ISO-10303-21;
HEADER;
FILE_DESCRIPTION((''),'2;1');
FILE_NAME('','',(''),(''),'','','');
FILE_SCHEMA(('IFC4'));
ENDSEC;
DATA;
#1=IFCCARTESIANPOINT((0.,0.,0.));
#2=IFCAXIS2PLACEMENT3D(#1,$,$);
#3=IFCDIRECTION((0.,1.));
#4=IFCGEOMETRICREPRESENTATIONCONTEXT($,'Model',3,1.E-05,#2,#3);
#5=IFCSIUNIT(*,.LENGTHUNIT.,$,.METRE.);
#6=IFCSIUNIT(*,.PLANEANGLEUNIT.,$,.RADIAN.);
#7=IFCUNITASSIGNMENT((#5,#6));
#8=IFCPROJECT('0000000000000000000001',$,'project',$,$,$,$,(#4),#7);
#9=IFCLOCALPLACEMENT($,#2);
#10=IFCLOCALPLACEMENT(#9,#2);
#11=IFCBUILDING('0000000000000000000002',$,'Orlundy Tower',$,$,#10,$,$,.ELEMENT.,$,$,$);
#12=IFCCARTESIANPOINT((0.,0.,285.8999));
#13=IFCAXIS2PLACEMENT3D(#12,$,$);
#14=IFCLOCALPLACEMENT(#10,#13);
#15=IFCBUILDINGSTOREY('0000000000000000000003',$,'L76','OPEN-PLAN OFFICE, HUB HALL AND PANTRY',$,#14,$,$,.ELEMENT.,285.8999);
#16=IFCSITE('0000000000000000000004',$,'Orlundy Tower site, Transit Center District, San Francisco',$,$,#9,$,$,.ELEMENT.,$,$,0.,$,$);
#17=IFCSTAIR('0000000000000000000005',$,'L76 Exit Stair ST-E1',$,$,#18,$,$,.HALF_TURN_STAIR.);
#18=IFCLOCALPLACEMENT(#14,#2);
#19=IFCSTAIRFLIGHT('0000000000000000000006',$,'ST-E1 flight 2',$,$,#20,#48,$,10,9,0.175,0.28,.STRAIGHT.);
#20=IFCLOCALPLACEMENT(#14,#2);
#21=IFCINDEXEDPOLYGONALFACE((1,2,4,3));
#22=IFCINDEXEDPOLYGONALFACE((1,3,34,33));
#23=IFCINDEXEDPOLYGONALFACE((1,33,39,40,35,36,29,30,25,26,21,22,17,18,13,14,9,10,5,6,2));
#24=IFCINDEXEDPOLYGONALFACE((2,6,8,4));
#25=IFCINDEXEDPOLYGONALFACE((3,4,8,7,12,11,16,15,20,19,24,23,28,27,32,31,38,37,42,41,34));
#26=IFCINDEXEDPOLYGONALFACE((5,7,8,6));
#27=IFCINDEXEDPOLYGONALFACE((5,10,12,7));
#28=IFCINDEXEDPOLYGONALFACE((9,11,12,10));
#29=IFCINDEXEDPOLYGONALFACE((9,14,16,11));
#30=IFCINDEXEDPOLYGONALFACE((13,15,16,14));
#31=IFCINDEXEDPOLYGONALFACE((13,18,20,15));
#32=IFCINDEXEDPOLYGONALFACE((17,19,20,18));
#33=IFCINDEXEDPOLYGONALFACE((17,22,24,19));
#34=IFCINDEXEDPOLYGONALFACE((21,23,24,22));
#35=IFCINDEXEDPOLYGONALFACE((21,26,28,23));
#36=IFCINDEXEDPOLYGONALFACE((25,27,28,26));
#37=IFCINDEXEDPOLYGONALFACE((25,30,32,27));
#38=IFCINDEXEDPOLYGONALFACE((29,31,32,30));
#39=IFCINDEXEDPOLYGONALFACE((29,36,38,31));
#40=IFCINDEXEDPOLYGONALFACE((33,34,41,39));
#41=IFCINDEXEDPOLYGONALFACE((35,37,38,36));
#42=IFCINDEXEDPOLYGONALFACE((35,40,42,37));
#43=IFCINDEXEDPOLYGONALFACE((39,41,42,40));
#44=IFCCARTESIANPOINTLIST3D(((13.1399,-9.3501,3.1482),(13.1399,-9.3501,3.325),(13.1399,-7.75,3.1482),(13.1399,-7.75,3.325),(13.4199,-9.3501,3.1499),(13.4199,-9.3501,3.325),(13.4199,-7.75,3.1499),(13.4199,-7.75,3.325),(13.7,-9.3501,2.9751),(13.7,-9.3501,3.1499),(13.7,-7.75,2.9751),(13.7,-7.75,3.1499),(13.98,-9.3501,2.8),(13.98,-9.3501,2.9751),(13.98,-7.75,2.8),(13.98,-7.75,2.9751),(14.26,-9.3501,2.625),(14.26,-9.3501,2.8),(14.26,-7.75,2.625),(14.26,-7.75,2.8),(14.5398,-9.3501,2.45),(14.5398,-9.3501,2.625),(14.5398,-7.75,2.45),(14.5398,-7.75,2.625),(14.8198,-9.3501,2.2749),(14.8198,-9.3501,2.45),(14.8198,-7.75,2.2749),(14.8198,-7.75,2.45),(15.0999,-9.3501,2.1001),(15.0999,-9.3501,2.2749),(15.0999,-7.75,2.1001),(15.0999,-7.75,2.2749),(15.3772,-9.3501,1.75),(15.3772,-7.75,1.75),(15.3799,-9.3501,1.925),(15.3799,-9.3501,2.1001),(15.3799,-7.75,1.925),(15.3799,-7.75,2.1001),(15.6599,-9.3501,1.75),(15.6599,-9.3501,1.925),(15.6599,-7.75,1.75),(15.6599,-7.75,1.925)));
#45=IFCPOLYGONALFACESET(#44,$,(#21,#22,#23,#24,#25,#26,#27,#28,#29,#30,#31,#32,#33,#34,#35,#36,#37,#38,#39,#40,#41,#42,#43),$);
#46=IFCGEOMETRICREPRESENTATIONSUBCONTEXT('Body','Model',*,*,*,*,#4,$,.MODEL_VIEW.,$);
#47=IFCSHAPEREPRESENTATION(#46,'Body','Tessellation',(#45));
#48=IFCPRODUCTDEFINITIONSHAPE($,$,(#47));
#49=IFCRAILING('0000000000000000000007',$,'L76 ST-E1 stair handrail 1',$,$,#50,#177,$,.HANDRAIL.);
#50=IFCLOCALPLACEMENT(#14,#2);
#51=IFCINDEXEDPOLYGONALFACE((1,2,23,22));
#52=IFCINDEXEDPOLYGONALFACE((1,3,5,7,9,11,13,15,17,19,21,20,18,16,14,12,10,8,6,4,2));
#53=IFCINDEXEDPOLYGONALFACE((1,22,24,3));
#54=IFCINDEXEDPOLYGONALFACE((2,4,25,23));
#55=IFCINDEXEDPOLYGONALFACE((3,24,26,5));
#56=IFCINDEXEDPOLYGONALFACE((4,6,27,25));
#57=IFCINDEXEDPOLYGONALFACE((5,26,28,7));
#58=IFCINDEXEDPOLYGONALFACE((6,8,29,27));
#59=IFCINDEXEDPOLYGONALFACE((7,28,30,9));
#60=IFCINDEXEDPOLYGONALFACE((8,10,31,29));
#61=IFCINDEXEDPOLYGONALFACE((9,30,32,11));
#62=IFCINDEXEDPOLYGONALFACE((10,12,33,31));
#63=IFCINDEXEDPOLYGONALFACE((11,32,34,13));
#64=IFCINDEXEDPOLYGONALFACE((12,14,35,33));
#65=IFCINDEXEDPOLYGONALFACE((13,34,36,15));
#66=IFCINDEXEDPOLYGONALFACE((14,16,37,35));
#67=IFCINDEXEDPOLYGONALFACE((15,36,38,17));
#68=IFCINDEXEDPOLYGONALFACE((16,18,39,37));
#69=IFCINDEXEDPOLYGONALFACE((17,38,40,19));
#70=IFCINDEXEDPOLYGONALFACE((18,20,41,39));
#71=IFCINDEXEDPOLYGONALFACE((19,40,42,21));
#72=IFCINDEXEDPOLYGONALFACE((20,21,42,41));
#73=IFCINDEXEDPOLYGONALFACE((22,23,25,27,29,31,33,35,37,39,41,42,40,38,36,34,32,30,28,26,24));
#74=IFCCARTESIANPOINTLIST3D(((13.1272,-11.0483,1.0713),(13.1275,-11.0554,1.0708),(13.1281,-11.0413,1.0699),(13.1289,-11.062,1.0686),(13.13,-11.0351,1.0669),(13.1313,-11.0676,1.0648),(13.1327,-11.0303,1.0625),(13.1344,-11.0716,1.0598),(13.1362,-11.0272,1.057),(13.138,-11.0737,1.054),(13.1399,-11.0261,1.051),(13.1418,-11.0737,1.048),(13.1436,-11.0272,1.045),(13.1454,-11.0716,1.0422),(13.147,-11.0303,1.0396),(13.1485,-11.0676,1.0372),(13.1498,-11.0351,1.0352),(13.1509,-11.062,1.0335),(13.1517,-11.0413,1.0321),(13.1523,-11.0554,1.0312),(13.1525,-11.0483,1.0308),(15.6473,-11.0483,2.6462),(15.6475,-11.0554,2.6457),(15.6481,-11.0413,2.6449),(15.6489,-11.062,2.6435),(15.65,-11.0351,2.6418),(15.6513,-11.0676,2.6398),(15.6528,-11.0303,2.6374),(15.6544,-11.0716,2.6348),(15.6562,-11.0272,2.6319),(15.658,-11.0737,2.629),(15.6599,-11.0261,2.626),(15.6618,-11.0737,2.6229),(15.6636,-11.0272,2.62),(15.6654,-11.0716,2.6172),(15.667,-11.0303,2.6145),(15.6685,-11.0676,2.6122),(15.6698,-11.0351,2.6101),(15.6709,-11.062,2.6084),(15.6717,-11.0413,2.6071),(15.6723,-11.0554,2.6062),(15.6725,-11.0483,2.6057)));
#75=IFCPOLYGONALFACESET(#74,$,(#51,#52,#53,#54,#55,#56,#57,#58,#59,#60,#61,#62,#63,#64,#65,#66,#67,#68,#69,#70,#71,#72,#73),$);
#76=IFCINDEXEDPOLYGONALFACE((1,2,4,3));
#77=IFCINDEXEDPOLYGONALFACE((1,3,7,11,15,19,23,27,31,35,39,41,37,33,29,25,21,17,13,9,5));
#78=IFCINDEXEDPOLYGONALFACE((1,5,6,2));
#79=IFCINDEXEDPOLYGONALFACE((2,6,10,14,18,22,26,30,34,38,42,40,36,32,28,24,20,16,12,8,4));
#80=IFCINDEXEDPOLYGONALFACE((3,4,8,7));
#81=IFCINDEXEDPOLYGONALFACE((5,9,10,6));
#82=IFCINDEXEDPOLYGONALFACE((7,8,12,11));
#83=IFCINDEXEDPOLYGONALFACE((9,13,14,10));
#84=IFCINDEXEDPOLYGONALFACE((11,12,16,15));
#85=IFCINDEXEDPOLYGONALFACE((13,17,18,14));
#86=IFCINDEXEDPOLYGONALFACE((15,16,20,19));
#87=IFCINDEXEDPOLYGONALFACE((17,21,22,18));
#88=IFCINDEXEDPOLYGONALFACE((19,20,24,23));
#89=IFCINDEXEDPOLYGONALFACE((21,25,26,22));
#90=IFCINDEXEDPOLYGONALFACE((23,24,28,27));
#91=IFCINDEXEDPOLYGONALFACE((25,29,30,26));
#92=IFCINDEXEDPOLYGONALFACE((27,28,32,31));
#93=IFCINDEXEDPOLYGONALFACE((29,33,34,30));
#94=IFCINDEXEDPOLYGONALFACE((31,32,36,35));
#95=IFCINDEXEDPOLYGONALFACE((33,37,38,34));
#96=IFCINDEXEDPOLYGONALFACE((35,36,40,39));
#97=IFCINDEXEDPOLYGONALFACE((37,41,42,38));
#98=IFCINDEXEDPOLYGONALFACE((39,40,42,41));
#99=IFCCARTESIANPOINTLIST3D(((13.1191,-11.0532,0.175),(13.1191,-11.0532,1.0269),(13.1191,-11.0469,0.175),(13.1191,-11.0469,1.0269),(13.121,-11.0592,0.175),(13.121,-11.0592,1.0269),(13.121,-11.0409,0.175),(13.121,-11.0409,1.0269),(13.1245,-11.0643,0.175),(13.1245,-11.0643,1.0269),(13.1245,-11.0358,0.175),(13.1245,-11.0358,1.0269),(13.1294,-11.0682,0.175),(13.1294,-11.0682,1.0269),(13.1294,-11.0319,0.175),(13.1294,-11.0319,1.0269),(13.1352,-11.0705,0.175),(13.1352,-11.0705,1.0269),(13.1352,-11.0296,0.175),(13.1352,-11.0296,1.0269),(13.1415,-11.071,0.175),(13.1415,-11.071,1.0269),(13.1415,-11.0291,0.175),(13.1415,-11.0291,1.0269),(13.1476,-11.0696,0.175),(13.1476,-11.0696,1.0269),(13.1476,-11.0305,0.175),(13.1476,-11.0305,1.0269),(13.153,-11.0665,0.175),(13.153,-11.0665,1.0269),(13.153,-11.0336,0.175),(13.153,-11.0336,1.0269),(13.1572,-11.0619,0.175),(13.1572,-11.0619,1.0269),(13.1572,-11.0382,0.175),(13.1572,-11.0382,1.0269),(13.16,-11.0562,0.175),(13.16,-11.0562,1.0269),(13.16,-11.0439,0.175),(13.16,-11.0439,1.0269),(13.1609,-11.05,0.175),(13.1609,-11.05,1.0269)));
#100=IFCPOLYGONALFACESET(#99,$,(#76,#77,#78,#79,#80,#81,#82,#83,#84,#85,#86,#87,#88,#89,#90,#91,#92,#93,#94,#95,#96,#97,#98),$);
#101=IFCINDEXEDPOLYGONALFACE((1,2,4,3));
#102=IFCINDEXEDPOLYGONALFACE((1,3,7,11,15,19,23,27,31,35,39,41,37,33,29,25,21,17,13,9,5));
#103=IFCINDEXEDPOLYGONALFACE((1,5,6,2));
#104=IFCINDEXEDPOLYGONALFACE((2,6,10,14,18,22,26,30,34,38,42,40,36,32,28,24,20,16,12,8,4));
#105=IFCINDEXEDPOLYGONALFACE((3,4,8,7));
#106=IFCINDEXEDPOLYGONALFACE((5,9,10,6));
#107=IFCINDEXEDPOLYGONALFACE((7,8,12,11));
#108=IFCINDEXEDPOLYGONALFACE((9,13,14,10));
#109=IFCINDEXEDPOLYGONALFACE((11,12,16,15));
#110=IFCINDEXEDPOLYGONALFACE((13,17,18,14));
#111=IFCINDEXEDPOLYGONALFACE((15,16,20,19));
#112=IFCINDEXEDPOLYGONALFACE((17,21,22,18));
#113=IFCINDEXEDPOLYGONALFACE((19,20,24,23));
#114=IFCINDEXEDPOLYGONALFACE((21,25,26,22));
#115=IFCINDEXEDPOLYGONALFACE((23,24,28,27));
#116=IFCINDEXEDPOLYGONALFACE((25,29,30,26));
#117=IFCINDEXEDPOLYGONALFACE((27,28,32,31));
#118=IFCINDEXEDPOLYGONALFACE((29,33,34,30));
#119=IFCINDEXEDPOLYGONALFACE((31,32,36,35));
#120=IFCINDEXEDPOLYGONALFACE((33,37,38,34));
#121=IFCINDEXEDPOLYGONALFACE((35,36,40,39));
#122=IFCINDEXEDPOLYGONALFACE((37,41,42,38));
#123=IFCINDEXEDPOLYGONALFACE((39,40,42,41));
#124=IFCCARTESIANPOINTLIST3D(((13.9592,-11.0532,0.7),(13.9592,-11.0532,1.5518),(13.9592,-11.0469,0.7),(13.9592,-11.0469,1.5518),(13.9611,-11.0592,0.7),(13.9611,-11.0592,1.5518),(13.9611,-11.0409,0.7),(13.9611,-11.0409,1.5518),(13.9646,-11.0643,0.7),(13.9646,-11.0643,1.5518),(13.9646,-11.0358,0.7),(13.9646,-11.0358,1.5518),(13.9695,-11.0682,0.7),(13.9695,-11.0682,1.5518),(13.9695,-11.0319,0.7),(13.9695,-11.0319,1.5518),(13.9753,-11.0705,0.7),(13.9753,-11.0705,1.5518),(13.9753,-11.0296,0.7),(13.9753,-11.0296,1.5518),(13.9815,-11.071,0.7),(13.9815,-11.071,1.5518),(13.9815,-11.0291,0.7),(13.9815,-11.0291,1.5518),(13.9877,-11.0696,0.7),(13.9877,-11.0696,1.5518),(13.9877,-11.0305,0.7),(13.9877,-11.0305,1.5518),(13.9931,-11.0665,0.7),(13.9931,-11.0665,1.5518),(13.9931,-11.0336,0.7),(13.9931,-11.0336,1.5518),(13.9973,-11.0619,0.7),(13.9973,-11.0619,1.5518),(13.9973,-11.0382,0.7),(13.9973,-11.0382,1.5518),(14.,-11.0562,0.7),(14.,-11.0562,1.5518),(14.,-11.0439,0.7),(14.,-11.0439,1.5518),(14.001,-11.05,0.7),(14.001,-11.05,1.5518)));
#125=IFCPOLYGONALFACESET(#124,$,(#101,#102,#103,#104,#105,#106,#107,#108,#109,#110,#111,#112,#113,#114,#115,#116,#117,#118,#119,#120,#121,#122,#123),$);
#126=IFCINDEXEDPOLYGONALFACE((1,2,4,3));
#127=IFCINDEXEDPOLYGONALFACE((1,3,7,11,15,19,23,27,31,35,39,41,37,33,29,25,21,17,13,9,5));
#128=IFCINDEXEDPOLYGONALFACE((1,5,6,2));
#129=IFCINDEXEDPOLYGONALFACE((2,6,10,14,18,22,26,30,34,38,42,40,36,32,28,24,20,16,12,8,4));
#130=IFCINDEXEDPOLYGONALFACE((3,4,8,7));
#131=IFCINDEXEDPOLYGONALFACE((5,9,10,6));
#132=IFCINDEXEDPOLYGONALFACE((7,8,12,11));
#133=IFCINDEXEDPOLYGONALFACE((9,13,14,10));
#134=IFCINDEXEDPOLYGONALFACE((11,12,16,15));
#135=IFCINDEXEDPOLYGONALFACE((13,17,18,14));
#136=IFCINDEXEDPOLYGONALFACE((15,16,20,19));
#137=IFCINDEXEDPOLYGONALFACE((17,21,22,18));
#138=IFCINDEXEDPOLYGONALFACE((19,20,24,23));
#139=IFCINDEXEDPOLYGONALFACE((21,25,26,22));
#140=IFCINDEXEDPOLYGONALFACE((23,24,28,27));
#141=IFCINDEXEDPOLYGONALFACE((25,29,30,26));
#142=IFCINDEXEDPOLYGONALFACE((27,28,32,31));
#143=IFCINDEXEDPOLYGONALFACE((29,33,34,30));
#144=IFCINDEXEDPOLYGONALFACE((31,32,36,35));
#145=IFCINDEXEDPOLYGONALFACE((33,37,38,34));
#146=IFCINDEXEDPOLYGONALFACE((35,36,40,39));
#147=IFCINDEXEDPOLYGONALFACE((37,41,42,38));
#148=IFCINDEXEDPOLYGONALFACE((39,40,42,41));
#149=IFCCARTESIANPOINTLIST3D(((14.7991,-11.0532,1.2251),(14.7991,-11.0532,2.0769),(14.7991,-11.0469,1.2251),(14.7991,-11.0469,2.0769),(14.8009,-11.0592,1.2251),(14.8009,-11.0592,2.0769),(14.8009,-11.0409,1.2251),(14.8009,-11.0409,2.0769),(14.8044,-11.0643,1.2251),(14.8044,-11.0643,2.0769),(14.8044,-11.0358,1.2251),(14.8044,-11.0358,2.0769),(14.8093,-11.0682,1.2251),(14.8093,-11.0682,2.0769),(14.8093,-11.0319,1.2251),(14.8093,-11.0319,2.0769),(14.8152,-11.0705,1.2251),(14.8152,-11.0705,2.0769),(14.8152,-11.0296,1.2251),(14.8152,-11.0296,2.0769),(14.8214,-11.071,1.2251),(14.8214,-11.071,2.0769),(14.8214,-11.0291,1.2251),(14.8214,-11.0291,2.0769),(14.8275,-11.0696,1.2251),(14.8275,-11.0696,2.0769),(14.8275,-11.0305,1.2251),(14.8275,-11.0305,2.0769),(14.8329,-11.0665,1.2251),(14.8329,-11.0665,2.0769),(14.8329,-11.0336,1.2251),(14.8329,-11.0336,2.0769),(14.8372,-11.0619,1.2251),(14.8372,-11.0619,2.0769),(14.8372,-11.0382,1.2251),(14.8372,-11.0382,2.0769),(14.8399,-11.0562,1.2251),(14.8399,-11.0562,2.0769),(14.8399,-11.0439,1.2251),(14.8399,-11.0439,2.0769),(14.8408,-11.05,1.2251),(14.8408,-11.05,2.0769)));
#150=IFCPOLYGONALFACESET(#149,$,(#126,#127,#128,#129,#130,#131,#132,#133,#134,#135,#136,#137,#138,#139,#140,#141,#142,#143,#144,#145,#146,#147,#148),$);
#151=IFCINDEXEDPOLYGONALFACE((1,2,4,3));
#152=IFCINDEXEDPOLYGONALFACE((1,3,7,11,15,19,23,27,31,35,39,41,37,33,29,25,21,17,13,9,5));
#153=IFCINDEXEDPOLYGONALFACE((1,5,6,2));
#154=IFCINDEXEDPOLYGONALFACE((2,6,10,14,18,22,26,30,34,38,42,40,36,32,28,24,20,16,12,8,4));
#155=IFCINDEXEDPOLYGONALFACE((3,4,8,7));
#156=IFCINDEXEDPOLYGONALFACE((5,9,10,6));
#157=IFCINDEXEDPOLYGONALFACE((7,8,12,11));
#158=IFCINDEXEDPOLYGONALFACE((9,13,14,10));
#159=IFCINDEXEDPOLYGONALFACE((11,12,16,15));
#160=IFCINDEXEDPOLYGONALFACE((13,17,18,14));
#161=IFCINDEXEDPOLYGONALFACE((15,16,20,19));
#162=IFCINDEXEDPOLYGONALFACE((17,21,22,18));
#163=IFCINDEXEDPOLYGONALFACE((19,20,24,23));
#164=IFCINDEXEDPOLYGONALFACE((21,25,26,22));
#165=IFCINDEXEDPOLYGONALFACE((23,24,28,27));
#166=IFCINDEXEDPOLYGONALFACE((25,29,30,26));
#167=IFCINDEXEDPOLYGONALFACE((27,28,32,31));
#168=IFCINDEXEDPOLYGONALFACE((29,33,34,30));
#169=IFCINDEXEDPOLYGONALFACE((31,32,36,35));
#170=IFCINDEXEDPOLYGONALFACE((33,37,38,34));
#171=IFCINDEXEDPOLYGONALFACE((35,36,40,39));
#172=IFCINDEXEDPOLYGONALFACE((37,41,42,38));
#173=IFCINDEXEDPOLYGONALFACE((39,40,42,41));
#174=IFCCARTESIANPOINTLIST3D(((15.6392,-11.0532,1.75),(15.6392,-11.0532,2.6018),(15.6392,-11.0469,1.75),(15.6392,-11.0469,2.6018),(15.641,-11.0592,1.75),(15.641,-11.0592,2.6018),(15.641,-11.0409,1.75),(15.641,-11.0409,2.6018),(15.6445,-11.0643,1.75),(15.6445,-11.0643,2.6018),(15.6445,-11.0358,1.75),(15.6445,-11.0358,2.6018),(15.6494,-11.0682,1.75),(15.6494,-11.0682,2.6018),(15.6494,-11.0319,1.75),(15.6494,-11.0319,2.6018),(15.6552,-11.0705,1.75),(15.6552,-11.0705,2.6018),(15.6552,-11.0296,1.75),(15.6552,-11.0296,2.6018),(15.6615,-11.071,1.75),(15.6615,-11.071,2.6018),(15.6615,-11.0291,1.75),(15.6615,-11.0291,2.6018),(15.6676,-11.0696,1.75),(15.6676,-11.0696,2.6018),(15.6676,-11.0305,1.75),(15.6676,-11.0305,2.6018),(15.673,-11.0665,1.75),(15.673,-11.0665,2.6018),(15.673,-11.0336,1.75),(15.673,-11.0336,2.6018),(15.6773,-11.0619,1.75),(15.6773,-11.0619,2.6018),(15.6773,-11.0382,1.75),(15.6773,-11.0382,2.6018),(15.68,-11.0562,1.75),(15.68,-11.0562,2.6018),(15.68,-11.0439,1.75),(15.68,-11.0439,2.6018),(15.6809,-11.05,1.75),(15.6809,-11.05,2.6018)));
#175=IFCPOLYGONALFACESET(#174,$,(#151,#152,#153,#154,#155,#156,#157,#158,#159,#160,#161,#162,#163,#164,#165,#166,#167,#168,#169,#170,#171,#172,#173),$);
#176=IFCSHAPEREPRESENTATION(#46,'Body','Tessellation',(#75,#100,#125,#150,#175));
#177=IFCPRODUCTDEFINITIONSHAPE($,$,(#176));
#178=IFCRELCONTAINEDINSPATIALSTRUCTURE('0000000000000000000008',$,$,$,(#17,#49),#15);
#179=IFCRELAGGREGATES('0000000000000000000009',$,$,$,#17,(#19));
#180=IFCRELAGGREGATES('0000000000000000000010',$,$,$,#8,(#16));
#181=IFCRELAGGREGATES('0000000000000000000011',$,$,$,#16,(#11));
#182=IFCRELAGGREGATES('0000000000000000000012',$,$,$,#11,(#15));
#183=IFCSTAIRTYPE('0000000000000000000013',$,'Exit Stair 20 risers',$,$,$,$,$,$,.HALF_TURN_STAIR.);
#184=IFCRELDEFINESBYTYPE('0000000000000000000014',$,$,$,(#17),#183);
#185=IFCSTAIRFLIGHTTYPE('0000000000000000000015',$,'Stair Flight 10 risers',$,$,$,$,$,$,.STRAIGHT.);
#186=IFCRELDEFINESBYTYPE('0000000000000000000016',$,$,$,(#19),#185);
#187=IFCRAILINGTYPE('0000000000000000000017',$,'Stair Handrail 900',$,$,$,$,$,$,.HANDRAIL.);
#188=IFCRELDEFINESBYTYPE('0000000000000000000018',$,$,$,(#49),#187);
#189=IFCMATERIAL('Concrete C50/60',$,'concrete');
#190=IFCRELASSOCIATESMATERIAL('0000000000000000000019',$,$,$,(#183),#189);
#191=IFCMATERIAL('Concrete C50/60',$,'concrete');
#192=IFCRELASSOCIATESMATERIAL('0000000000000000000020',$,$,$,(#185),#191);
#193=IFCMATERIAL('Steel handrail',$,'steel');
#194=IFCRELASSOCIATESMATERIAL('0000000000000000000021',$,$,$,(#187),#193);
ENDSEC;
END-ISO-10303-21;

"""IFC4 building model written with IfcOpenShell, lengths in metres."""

from ifc_helpers import new_model, si_unit, direction, frame, origin, origin_2d, place, context, subcontext, project, spatial, polyline, circle, outline, extrude, material, type_object, element, aggregate, save


model = new_model("IFC4")

# Units and contexts
model_context = context("Model", 3, precision=1e-05, world=origin(), true_north=direction((0.0, 1.0)))
body_context = subcontext(model_context, "Body", "Model", "MODEL_VIEW")
ifc_project = project(units=[si_unit("LENGTHUNIT", "METRE"), si_unit("PLANEANGLEUNIT", "RADIAN")], contexts=[model_context])

# Site, building, storey
site_placement = place(None, origin())
site = spatial("IfcSite", under=ifc_project, at=site_placement, Name="Orlundy Tower site, Transit Center District, San Francisco", CompositionType="ELEMENT", RefElevation=0.0)
building_placement = place(site_placement, origin())
building = spatial("IfcBuilding", under=site, at=building_placement, Name="Orlundy Tower", CompositionType="ELEMENT")
storey_placement = place(building_placement, frame((0.0, 0.0, 285.8999)))
storey = spatial("IfcBuildingStorey", under=building, at=storey_placement, Name="L76", Description="OPEN-PLAN OFFICE, HUB HALL AND PANTRY", CompositionType="ELEMENT", Elevation=285.8999)

# Stair, stair flight
ifc_material_1 = material(Name="Concrete C50/60", Category="concrete")
stair_type = type_object("IfcStairType", Name="Exit Stair 20 risers", PredefinedType="HALF_TURN_STAIR", material=ifc_material_1)
stair_placement = place(storey_placement, origin())
stair = element("IfcStair", 1, at=stair_placement, inside=storey, type_object=stair_type, Name="L76 Exit Stair ST-E1", PredefinedType="HALF_TURN_STAIR")
ifc_material_2 = material(Name="Concrete C50/60", Category="concrete")
stair_flight_type = type_object("IfcStairFlightType", Name="Stair Flight 10 risers", PredefinedType="STRAIGHT", material=ifc_material_2)
stair_flight_1_placement = place(storey_placement, frame((15.6599, -8.55, 1.75), z_axis=(0.0, 0.0, 1.0), x_axis=(-1.0, 0.0, 0.0)))
stair_flight_1 = element("IfcStairFlight", 2, at=stair_flight_1_placement, type_object=stair_flight_type, Name="ST-E1 flight 2", NumberOfRisers=10, NumberOfTreads=9, PredefinedType="STRAIGHT", RiserHeight=0.175, TreadLength=0.28, context=body_context, shape_type="SweptSolid", body=[
    extrude(outline(polyline([(0.0, 0.0), (0.0, 0.175), (0.28, 0.175), (0.28, 0.3501), (0.5601, 0.3501), (0.5601, 0.5249), (0.8401, 0.5249), (0.8401, 0.7), (1.1201, 0.7), (1.1201, 0.875), (1.3999, 0.875), (1.3999, 1.05), (1.6799, 1.05), (1.6799, 1.2251), (1.96, 1.2251), (1.96, 1.3999), (2.24, 1.3999), (2.24, 1.575), (2.52, 1.575), (2.52, 1.75), (2.52, 1.3982), (0.2827, 0.0), (0.0, 0.0)])), frame((0.0, 0.8, 0.0), z_axis=(0.0, -1.0, 0.0), x_axis=(1.0, 0.0, 0.0)), (0.0, 0.0, 1.0), 1.6001),
])
aggregate(stair, [stair_flight_1])

# Railing
ifc_material_3 = material(Name="Steel handrail", Category="steel")
railing_type_1 = type_object("IfcRailingType", Name="Stair Handrail 900", PredefinedType="HANDRAIL", material=ifc_material_3)
railing_1_placement = place(storey_placement, frame((13.1399, -11.05, 0.175)))
element("IfcRailing", 3, at=railing_1_placement, inside=storey, type_object=railing_type_1, Name="L76 ST-E1 stair handrail 1", PredefinedType="HANDRAIL", context=body_context, shape_type="SweptSolid", body=[
    extrude(circle(Radius=0.0239, at=origin_2d()), frame((0.0, 0.0, 0.876), z_axis=(0.848008, 0.0, 0.529984), x_axis=(0.0, 1.0, 0.0)), (0.0, 0.0, 1.0), 2.9717),
    extrude(circle(Radius=0.021, at=origin_2d()), origin(), (0.0, 0.0, 1.0), 0.8518),
    extrude(circle(Radius=0.021, at=origin_2d()), frame((0.8401, 0.0, 0.5249)), (0.0, 0.0, 1.0), 0.8518),
    extrude(circle(Radius=0.021, at=origin_2d()), frame((1.6799, 0.0, 1.05)), (0.0, 0.0, 1.0), 0.8518),
    extrude(circle(Radius=0.021, at=origin_2d()), frame((2.52, 0.0, 1.575)), (0.0, 0.0, 1.0), 0.8518),
])

save(model, "model.ifc")
